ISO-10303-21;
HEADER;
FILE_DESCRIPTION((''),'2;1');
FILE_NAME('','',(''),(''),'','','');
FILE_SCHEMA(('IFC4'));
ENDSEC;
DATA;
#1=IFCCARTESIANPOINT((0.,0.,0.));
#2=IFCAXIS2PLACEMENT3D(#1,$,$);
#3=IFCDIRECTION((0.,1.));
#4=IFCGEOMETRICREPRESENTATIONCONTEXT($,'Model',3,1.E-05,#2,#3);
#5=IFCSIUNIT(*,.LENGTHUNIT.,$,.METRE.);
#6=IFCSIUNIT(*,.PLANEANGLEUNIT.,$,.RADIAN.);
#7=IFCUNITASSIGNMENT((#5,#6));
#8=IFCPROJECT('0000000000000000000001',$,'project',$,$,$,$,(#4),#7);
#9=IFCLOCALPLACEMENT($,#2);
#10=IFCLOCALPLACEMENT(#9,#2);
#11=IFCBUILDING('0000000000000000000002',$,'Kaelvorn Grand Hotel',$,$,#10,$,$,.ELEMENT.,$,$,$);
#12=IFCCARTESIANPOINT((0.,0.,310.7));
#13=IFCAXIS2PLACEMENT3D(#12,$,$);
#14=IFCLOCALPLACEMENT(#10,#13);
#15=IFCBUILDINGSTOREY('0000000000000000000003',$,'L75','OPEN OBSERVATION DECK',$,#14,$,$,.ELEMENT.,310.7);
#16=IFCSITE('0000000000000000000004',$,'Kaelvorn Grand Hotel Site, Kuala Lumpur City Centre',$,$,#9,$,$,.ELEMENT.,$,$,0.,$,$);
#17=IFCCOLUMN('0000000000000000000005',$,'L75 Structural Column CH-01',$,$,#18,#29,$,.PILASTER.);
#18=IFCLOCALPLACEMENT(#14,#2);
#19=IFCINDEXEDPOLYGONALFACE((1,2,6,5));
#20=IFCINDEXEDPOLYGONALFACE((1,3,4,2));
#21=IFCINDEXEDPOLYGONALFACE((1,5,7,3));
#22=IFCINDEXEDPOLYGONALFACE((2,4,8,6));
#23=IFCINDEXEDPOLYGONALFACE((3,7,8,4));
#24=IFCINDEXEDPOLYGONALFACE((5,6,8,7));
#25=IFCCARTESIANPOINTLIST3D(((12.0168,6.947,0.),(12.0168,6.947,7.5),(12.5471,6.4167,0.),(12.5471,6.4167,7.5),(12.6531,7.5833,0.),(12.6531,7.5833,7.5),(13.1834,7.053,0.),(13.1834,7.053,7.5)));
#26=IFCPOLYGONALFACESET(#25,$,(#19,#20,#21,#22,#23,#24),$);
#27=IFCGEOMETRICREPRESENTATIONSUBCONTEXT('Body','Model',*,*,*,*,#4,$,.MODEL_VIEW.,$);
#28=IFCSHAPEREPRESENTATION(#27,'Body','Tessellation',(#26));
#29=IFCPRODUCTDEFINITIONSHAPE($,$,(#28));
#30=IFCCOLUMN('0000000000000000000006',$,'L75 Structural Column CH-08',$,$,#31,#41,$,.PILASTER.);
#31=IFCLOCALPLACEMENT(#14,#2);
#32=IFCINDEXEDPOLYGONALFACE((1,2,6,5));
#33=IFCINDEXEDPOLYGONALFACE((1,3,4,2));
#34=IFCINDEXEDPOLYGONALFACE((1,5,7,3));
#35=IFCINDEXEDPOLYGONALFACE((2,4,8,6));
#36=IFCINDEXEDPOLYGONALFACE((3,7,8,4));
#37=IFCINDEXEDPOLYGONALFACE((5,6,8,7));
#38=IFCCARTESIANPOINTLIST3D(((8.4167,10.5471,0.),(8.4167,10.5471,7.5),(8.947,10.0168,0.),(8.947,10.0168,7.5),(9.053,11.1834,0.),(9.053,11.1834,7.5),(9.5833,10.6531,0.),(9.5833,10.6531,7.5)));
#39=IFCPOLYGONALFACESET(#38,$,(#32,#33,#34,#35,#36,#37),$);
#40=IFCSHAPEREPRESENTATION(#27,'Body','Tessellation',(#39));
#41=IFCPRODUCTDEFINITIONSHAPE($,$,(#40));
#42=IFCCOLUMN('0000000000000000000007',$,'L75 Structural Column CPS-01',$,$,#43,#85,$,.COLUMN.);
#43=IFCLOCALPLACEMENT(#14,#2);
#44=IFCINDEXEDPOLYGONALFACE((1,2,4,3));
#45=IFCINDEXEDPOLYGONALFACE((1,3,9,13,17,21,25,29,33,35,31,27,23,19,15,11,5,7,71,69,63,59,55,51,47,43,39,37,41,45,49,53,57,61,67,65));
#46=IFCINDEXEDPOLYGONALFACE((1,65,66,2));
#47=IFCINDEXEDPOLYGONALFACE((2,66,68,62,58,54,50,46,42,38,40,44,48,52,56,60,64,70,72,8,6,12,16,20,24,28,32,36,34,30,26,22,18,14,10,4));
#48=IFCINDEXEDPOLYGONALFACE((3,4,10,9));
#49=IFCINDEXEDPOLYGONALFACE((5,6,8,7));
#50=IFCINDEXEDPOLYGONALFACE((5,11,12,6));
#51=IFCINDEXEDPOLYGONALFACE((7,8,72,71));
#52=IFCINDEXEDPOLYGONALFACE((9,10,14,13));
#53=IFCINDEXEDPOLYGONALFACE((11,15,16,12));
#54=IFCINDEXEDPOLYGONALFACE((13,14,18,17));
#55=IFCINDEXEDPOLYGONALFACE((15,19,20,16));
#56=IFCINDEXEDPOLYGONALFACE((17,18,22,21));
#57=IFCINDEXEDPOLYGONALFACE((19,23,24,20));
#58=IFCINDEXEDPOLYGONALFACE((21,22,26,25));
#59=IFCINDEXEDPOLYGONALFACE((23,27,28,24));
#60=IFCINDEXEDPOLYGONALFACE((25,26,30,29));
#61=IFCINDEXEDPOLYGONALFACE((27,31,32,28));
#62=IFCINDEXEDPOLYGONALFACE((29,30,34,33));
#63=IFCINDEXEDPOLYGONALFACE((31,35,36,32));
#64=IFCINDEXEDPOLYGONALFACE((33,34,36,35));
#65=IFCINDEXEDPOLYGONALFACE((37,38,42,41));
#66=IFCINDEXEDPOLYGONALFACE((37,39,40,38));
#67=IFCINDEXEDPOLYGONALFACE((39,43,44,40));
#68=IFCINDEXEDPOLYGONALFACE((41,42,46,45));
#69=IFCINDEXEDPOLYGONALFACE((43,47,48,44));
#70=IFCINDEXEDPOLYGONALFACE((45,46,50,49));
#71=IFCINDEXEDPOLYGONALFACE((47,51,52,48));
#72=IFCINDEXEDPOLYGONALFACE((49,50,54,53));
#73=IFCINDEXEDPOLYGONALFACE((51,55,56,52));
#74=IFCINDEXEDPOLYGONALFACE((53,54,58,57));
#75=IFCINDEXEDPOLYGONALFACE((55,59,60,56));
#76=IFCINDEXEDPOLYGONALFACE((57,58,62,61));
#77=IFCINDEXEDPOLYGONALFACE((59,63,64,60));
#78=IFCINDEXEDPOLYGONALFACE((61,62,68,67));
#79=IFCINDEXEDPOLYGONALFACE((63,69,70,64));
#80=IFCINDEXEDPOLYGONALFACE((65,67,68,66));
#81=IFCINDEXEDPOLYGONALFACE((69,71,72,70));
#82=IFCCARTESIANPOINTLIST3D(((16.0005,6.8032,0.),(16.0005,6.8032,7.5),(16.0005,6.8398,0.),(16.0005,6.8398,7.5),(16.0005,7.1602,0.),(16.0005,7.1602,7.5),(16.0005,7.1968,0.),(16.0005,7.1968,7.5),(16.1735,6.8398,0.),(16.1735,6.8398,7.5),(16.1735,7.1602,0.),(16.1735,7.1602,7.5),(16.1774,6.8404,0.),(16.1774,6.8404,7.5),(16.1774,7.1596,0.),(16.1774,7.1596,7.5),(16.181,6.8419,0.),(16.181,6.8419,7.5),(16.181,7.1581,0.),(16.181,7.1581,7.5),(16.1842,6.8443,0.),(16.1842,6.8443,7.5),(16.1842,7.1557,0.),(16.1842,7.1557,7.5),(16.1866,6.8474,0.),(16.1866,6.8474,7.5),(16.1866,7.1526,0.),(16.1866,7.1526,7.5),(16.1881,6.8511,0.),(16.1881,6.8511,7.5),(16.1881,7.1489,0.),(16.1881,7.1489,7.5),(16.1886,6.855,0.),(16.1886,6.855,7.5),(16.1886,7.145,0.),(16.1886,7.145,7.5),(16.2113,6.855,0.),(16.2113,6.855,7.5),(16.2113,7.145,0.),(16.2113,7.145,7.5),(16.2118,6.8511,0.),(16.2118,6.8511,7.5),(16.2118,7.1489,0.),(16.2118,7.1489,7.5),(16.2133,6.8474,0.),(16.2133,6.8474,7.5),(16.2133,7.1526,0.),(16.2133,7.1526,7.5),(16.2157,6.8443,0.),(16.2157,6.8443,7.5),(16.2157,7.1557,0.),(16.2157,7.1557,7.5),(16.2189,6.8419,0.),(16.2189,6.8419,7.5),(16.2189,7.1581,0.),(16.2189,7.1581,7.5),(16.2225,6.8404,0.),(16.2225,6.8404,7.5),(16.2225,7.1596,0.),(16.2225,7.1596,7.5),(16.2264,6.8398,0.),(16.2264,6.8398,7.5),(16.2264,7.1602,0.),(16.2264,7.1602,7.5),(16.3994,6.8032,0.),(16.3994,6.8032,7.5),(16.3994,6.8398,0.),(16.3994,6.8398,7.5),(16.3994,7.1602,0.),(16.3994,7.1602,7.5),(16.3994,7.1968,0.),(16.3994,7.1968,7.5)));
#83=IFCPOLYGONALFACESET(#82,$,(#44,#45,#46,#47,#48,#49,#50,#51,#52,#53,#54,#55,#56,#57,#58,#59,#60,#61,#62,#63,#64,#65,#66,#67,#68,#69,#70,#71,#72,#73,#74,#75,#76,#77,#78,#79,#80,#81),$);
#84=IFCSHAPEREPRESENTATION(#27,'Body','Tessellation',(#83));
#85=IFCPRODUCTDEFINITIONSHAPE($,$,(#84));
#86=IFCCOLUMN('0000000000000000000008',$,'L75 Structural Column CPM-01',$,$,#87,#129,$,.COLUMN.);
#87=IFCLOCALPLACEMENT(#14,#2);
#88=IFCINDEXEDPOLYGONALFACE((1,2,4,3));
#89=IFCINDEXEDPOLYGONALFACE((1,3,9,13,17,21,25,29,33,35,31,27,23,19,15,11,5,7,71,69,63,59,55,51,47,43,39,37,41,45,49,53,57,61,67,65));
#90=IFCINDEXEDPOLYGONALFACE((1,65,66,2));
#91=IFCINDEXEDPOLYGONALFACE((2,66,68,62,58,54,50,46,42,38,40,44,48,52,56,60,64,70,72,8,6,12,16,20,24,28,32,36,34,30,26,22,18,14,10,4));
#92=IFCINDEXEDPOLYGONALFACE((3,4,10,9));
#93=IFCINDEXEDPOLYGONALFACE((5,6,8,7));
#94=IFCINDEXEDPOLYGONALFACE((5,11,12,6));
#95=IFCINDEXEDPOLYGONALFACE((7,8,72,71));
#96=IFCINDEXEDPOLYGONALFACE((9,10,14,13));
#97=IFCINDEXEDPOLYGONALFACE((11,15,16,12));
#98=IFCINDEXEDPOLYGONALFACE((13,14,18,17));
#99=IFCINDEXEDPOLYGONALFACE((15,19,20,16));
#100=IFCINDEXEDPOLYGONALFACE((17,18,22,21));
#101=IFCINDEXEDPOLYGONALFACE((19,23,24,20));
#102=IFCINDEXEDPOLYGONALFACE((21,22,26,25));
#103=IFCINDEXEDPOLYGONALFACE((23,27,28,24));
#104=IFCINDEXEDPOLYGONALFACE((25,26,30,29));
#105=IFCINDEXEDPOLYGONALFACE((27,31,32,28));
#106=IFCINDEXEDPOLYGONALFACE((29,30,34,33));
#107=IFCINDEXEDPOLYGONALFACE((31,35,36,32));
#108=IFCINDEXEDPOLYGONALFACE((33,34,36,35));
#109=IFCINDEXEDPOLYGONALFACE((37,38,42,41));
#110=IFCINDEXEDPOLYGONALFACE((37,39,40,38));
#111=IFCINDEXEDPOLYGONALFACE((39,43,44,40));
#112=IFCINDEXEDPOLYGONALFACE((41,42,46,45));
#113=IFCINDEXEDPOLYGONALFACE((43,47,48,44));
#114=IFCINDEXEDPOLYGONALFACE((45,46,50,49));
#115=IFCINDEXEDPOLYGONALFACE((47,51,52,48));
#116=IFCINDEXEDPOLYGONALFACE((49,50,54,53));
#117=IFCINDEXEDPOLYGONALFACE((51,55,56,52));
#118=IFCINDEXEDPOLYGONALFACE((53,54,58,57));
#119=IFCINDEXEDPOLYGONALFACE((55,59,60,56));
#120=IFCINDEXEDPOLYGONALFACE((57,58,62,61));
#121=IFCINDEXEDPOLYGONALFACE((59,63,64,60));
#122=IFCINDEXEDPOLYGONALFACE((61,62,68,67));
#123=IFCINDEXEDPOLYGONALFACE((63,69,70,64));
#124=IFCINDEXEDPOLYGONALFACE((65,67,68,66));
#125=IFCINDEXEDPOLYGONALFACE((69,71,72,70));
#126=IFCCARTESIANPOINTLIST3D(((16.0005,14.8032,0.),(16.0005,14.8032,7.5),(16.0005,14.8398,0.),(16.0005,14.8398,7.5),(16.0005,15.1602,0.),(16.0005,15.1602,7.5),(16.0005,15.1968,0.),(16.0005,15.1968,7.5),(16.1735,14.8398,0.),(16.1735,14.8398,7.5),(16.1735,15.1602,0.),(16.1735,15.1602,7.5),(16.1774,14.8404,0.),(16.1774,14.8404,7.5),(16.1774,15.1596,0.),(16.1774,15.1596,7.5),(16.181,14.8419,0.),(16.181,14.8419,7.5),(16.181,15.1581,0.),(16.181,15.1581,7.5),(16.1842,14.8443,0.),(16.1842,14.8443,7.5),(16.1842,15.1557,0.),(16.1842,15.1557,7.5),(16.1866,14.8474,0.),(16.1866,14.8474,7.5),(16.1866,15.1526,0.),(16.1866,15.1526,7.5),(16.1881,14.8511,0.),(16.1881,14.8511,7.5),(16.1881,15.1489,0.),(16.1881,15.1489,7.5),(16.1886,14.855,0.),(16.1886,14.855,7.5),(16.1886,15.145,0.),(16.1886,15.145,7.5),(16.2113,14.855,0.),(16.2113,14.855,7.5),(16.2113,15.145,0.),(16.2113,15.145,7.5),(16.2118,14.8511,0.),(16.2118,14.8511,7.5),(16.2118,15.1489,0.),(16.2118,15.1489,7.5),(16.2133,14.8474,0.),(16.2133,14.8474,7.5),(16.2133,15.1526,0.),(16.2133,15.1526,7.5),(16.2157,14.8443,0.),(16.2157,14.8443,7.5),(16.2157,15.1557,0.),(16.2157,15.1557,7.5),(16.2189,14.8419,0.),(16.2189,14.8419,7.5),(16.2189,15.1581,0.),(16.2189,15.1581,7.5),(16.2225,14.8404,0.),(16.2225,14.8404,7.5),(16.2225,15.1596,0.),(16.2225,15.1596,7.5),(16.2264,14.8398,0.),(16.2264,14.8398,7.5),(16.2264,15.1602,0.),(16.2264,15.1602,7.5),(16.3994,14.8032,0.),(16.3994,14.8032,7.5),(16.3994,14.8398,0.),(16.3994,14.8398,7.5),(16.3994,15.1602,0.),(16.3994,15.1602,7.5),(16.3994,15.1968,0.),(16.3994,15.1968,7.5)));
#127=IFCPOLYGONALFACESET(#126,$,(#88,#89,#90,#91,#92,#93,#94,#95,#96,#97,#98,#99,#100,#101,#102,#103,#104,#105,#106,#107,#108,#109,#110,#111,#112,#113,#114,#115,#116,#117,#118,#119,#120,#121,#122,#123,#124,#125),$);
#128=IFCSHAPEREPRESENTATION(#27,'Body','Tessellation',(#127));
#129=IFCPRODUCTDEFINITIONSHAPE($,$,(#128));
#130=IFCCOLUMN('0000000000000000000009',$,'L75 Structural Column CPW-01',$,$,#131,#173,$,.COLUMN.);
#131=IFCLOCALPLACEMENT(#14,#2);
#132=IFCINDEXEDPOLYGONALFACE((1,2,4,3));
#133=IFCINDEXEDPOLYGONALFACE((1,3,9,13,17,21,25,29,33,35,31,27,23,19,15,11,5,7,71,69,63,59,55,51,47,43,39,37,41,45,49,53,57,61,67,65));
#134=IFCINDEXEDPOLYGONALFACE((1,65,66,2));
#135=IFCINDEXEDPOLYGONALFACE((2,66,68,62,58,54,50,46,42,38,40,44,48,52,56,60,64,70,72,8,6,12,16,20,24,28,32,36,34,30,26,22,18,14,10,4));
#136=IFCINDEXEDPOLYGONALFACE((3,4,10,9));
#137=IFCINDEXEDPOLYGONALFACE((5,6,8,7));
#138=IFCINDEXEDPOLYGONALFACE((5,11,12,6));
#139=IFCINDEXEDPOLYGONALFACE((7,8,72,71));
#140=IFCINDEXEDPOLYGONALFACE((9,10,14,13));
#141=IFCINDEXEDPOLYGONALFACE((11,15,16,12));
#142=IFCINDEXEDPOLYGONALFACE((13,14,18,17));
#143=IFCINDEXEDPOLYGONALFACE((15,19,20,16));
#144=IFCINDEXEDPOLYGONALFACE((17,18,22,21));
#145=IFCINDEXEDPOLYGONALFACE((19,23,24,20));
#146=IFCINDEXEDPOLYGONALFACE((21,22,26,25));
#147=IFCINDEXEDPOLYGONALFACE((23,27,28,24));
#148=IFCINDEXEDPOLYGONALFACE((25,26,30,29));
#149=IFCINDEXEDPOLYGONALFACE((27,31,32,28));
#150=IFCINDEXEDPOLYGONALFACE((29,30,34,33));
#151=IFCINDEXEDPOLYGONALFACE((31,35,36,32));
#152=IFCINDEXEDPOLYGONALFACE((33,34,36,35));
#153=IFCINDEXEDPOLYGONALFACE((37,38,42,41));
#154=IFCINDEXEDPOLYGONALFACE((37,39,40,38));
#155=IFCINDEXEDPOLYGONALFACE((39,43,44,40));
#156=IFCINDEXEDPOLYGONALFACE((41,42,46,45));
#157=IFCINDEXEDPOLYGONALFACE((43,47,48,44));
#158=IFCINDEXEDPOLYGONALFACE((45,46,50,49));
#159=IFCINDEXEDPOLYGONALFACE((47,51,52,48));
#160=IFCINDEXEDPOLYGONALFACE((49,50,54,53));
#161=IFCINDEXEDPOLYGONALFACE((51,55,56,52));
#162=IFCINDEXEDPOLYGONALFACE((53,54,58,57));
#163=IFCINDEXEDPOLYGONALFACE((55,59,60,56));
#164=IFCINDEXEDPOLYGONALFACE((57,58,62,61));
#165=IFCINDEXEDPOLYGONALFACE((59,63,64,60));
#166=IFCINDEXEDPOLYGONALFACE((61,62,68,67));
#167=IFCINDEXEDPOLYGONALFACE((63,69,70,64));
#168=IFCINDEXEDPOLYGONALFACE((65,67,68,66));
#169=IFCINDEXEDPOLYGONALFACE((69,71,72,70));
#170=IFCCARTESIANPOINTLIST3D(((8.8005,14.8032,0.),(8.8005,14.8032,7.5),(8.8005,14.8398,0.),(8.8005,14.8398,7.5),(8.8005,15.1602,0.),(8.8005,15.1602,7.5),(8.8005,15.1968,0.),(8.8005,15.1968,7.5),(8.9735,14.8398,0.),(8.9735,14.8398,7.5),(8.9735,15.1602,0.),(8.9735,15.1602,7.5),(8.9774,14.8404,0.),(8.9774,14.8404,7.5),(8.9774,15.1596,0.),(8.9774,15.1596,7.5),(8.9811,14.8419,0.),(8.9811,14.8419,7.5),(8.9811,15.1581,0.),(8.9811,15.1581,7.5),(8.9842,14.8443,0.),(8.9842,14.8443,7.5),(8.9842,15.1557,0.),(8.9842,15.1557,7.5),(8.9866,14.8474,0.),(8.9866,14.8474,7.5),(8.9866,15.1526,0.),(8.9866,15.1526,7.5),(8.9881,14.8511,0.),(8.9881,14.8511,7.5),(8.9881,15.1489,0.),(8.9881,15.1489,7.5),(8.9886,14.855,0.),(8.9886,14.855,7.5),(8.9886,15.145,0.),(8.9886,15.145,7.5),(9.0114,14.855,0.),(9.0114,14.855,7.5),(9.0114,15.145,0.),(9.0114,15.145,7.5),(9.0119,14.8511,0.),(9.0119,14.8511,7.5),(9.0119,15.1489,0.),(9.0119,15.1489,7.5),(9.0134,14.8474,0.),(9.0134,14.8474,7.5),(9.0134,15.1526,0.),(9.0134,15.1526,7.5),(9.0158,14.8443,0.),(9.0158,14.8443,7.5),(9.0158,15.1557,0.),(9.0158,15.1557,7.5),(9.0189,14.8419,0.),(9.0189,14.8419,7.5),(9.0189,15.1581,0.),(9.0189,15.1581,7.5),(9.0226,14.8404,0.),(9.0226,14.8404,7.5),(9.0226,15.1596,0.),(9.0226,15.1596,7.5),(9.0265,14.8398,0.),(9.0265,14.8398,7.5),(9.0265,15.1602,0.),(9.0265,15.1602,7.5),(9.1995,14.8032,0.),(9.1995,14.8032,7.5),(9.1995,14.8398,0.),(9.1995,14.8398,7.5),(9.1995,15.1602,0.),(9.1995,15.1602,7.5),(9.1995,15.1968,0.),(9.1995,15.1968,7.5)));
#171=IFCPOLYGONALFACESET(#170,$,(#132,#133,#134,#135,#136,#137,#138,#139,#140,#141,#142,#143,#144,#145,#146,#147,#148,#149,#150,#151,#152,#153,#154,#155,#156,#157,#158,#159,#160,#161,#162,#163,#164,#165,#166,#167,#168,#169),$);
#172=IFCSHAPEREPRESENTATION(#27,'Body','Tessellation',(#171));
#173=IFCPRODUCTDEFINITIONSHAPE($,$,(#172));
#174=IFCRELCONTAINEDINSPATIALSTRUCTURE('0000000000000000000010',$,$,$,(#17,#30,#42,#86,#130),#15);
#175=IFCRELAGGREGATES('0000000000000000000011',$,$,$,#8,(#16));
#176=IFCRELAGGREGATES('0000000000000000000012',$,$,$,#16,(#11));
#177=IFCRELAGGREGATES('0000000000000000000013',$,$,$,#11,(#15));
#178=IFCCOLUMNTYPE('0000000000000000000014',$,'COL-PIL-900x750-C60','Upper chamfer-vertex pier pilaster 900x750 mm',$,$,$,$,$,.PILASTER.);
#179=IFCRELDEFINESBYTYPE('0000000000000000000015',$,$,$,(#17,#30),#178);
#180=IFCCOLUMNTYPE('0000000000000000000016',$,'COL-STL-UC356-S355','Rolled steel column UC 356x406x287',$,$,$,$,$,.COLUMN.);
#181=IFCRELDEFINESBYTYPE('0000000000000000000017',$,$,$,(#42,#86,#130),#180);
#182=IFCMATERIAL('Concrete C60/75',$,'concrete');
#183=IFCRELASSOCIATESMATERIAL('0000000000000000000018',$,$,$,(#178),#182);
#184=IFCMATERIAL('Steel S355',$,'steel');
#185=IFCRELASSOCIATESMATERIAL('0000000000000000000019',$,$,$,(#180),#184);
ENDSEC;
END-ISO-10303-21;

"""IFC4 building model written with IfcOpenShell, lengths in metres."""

from ifc_helpers import new_model, si_unit, direction, frame, origin, origin_2d, place, context, subcontext, project, spatial, rectangle, i_section, extrude, material, material_profile, profile_set, type_object, element, save


model = new_model("IFC4")

# Units and contexts
model_context = context("Model", 3, precision=1e-05, world=origin(), true_north=direction((0.0, 1.0)))
body_context = subcontext(model_context, "Body", "Model", "MODEL_VIEW")
ifc_project = project(units=[si_unit("LENGTHUNIT", "METRE"), si_unit("PLANEANGLEUNIT", "RADIAN")], contexts=[model_context])

# Site, building, storey
site_placement = place(None, origin())
site = spatial("IfcSite", under=ifc_project, at=site_placement, Name="Kaelvorn Grand Hotel Site, Kuala Lumpur City Centre", CompositionType="ELEMENT", RefElevation=0.0)
building_placement = place(site_placement, origin())
building = spatial("IfcBuilding", under=site, at=building_placement, Name="Kaelvorn Grand Hotel", CompositionType="ELEMENT")
storey_placement = place(building_placement, frame((0.0, 0.0, 310.7)))
storey = spatial("IfcBuildingStorey", under=building, at=storey_placement, Name="L75", Description="OPEN OBSERVATION DECK", CompositionType="ELEMENT", Elevation=310.7)

# Columns
ifc_material_1 = material(Name="Concrete C60/75", Category="concrete")
ifc_material_profile_1 = material_profile(ifc_material_1, rectangle(XDim=0.8999, YDim=0.75, at=origin_2d()), Name="RC PILASTER 900x750")
ifc_profile_set_1 = profile_set([ifc_material_profile_1], Name="Concrete C60/75")
column_type_1 = type_object("IfcColumnType", Name="COL-PIL-900x750-C60", Description="Upper chamfer-vertex pier pilaster 900x750 mm", PredefinedType="PILASTER", material=ifc_profile_set_1)
for number, where, z_axis, x_axis, name in (
    (1, (12.6001, 7.0, 0.0), (0.0, 0.0, 1.0), (0.707107, 0.707107, 0.0), "L75 Structural Column CH-01"),
    (2, (9.0, 10.6001, 0.0), (0.0, 0.0, 1.0), (0.707107, 0.707107, 0.0), "L75 Structural Column CH-08"),
):
    element("IfcColumn", number, at=place(storey_placement, frame(where, z_axis=z_axis, x_axis=x_axis)), inside=storey, type_object=column_type_1, Name=name, PredefinedType="PILASTER", context=body_context, shape_type="SweptSolid", body=[
        extrude(rectangle(XDim=0.8999, YDim=0.75, at=origin_2d()), origin(), (0.0, 0.0, 1.0), 7.5),
    ])
ifc_material_2 = material(Name="Steel S355", Category="steel")
ifc_material_profile_2 = material_profile(ifc_material_2, i_section(OverallWidth=0.3989, OverallDepth=0.3936, WebThickness=0.0227, FlangeThickness=0.0366, FilletRadius=0.0151, at=origin_2d()), Name="UC 356x406x287")
ifc_profile_set_2 = profile_set([ifc_material_profile_2], Name="Steel S355")
column_type_2 = type_object("IfcColumnType", Name="COL-STL-UC356-S355", Description="Rolled steel column UC 356x406x287", PredefinedType="COLUMN", material=ifc_profile_set_2)
for number, where, z_axis, x_axis, name in (
    (3, (16.2, 7.0, 0.0), (0.0, 0.0, 1.0), (1.0, 0.0, 0.0), "L75 Structural Column CPS-01"),
    (4, (16.2, 15.0, 0.0), (0.0, 0.0, 1.0), (1.0, 0.0, 0.0), "L75 Structural Column CPM-01"),
    (5, (9.0, 15.0, 0.0), (0.0, 0.0, 1.0), (1.0, 0.0, 0.0), "L75 Structural Column CPW-01"),
):
    element("IfcColumn", number, at=place(storey_placement, frame(where, z_axis=z_axis, x_axis=x_axis)), inside=storey, type_object=column_type_2, Name=name, PredefinedType="COLUMN", context=body_context, shape_type="SweptSolid", body=[
        extrude(i_section(OverallWidth=0.3989, OverallDepth=0.3936, WebThickness=0.0227, FlangeThickness=0.0366, FilletRadius=0.0151, at=origin_2d()), origin(), (0.0, 0.0, 1.0), 7.5),
    ])

save(model, "model.ifc")
